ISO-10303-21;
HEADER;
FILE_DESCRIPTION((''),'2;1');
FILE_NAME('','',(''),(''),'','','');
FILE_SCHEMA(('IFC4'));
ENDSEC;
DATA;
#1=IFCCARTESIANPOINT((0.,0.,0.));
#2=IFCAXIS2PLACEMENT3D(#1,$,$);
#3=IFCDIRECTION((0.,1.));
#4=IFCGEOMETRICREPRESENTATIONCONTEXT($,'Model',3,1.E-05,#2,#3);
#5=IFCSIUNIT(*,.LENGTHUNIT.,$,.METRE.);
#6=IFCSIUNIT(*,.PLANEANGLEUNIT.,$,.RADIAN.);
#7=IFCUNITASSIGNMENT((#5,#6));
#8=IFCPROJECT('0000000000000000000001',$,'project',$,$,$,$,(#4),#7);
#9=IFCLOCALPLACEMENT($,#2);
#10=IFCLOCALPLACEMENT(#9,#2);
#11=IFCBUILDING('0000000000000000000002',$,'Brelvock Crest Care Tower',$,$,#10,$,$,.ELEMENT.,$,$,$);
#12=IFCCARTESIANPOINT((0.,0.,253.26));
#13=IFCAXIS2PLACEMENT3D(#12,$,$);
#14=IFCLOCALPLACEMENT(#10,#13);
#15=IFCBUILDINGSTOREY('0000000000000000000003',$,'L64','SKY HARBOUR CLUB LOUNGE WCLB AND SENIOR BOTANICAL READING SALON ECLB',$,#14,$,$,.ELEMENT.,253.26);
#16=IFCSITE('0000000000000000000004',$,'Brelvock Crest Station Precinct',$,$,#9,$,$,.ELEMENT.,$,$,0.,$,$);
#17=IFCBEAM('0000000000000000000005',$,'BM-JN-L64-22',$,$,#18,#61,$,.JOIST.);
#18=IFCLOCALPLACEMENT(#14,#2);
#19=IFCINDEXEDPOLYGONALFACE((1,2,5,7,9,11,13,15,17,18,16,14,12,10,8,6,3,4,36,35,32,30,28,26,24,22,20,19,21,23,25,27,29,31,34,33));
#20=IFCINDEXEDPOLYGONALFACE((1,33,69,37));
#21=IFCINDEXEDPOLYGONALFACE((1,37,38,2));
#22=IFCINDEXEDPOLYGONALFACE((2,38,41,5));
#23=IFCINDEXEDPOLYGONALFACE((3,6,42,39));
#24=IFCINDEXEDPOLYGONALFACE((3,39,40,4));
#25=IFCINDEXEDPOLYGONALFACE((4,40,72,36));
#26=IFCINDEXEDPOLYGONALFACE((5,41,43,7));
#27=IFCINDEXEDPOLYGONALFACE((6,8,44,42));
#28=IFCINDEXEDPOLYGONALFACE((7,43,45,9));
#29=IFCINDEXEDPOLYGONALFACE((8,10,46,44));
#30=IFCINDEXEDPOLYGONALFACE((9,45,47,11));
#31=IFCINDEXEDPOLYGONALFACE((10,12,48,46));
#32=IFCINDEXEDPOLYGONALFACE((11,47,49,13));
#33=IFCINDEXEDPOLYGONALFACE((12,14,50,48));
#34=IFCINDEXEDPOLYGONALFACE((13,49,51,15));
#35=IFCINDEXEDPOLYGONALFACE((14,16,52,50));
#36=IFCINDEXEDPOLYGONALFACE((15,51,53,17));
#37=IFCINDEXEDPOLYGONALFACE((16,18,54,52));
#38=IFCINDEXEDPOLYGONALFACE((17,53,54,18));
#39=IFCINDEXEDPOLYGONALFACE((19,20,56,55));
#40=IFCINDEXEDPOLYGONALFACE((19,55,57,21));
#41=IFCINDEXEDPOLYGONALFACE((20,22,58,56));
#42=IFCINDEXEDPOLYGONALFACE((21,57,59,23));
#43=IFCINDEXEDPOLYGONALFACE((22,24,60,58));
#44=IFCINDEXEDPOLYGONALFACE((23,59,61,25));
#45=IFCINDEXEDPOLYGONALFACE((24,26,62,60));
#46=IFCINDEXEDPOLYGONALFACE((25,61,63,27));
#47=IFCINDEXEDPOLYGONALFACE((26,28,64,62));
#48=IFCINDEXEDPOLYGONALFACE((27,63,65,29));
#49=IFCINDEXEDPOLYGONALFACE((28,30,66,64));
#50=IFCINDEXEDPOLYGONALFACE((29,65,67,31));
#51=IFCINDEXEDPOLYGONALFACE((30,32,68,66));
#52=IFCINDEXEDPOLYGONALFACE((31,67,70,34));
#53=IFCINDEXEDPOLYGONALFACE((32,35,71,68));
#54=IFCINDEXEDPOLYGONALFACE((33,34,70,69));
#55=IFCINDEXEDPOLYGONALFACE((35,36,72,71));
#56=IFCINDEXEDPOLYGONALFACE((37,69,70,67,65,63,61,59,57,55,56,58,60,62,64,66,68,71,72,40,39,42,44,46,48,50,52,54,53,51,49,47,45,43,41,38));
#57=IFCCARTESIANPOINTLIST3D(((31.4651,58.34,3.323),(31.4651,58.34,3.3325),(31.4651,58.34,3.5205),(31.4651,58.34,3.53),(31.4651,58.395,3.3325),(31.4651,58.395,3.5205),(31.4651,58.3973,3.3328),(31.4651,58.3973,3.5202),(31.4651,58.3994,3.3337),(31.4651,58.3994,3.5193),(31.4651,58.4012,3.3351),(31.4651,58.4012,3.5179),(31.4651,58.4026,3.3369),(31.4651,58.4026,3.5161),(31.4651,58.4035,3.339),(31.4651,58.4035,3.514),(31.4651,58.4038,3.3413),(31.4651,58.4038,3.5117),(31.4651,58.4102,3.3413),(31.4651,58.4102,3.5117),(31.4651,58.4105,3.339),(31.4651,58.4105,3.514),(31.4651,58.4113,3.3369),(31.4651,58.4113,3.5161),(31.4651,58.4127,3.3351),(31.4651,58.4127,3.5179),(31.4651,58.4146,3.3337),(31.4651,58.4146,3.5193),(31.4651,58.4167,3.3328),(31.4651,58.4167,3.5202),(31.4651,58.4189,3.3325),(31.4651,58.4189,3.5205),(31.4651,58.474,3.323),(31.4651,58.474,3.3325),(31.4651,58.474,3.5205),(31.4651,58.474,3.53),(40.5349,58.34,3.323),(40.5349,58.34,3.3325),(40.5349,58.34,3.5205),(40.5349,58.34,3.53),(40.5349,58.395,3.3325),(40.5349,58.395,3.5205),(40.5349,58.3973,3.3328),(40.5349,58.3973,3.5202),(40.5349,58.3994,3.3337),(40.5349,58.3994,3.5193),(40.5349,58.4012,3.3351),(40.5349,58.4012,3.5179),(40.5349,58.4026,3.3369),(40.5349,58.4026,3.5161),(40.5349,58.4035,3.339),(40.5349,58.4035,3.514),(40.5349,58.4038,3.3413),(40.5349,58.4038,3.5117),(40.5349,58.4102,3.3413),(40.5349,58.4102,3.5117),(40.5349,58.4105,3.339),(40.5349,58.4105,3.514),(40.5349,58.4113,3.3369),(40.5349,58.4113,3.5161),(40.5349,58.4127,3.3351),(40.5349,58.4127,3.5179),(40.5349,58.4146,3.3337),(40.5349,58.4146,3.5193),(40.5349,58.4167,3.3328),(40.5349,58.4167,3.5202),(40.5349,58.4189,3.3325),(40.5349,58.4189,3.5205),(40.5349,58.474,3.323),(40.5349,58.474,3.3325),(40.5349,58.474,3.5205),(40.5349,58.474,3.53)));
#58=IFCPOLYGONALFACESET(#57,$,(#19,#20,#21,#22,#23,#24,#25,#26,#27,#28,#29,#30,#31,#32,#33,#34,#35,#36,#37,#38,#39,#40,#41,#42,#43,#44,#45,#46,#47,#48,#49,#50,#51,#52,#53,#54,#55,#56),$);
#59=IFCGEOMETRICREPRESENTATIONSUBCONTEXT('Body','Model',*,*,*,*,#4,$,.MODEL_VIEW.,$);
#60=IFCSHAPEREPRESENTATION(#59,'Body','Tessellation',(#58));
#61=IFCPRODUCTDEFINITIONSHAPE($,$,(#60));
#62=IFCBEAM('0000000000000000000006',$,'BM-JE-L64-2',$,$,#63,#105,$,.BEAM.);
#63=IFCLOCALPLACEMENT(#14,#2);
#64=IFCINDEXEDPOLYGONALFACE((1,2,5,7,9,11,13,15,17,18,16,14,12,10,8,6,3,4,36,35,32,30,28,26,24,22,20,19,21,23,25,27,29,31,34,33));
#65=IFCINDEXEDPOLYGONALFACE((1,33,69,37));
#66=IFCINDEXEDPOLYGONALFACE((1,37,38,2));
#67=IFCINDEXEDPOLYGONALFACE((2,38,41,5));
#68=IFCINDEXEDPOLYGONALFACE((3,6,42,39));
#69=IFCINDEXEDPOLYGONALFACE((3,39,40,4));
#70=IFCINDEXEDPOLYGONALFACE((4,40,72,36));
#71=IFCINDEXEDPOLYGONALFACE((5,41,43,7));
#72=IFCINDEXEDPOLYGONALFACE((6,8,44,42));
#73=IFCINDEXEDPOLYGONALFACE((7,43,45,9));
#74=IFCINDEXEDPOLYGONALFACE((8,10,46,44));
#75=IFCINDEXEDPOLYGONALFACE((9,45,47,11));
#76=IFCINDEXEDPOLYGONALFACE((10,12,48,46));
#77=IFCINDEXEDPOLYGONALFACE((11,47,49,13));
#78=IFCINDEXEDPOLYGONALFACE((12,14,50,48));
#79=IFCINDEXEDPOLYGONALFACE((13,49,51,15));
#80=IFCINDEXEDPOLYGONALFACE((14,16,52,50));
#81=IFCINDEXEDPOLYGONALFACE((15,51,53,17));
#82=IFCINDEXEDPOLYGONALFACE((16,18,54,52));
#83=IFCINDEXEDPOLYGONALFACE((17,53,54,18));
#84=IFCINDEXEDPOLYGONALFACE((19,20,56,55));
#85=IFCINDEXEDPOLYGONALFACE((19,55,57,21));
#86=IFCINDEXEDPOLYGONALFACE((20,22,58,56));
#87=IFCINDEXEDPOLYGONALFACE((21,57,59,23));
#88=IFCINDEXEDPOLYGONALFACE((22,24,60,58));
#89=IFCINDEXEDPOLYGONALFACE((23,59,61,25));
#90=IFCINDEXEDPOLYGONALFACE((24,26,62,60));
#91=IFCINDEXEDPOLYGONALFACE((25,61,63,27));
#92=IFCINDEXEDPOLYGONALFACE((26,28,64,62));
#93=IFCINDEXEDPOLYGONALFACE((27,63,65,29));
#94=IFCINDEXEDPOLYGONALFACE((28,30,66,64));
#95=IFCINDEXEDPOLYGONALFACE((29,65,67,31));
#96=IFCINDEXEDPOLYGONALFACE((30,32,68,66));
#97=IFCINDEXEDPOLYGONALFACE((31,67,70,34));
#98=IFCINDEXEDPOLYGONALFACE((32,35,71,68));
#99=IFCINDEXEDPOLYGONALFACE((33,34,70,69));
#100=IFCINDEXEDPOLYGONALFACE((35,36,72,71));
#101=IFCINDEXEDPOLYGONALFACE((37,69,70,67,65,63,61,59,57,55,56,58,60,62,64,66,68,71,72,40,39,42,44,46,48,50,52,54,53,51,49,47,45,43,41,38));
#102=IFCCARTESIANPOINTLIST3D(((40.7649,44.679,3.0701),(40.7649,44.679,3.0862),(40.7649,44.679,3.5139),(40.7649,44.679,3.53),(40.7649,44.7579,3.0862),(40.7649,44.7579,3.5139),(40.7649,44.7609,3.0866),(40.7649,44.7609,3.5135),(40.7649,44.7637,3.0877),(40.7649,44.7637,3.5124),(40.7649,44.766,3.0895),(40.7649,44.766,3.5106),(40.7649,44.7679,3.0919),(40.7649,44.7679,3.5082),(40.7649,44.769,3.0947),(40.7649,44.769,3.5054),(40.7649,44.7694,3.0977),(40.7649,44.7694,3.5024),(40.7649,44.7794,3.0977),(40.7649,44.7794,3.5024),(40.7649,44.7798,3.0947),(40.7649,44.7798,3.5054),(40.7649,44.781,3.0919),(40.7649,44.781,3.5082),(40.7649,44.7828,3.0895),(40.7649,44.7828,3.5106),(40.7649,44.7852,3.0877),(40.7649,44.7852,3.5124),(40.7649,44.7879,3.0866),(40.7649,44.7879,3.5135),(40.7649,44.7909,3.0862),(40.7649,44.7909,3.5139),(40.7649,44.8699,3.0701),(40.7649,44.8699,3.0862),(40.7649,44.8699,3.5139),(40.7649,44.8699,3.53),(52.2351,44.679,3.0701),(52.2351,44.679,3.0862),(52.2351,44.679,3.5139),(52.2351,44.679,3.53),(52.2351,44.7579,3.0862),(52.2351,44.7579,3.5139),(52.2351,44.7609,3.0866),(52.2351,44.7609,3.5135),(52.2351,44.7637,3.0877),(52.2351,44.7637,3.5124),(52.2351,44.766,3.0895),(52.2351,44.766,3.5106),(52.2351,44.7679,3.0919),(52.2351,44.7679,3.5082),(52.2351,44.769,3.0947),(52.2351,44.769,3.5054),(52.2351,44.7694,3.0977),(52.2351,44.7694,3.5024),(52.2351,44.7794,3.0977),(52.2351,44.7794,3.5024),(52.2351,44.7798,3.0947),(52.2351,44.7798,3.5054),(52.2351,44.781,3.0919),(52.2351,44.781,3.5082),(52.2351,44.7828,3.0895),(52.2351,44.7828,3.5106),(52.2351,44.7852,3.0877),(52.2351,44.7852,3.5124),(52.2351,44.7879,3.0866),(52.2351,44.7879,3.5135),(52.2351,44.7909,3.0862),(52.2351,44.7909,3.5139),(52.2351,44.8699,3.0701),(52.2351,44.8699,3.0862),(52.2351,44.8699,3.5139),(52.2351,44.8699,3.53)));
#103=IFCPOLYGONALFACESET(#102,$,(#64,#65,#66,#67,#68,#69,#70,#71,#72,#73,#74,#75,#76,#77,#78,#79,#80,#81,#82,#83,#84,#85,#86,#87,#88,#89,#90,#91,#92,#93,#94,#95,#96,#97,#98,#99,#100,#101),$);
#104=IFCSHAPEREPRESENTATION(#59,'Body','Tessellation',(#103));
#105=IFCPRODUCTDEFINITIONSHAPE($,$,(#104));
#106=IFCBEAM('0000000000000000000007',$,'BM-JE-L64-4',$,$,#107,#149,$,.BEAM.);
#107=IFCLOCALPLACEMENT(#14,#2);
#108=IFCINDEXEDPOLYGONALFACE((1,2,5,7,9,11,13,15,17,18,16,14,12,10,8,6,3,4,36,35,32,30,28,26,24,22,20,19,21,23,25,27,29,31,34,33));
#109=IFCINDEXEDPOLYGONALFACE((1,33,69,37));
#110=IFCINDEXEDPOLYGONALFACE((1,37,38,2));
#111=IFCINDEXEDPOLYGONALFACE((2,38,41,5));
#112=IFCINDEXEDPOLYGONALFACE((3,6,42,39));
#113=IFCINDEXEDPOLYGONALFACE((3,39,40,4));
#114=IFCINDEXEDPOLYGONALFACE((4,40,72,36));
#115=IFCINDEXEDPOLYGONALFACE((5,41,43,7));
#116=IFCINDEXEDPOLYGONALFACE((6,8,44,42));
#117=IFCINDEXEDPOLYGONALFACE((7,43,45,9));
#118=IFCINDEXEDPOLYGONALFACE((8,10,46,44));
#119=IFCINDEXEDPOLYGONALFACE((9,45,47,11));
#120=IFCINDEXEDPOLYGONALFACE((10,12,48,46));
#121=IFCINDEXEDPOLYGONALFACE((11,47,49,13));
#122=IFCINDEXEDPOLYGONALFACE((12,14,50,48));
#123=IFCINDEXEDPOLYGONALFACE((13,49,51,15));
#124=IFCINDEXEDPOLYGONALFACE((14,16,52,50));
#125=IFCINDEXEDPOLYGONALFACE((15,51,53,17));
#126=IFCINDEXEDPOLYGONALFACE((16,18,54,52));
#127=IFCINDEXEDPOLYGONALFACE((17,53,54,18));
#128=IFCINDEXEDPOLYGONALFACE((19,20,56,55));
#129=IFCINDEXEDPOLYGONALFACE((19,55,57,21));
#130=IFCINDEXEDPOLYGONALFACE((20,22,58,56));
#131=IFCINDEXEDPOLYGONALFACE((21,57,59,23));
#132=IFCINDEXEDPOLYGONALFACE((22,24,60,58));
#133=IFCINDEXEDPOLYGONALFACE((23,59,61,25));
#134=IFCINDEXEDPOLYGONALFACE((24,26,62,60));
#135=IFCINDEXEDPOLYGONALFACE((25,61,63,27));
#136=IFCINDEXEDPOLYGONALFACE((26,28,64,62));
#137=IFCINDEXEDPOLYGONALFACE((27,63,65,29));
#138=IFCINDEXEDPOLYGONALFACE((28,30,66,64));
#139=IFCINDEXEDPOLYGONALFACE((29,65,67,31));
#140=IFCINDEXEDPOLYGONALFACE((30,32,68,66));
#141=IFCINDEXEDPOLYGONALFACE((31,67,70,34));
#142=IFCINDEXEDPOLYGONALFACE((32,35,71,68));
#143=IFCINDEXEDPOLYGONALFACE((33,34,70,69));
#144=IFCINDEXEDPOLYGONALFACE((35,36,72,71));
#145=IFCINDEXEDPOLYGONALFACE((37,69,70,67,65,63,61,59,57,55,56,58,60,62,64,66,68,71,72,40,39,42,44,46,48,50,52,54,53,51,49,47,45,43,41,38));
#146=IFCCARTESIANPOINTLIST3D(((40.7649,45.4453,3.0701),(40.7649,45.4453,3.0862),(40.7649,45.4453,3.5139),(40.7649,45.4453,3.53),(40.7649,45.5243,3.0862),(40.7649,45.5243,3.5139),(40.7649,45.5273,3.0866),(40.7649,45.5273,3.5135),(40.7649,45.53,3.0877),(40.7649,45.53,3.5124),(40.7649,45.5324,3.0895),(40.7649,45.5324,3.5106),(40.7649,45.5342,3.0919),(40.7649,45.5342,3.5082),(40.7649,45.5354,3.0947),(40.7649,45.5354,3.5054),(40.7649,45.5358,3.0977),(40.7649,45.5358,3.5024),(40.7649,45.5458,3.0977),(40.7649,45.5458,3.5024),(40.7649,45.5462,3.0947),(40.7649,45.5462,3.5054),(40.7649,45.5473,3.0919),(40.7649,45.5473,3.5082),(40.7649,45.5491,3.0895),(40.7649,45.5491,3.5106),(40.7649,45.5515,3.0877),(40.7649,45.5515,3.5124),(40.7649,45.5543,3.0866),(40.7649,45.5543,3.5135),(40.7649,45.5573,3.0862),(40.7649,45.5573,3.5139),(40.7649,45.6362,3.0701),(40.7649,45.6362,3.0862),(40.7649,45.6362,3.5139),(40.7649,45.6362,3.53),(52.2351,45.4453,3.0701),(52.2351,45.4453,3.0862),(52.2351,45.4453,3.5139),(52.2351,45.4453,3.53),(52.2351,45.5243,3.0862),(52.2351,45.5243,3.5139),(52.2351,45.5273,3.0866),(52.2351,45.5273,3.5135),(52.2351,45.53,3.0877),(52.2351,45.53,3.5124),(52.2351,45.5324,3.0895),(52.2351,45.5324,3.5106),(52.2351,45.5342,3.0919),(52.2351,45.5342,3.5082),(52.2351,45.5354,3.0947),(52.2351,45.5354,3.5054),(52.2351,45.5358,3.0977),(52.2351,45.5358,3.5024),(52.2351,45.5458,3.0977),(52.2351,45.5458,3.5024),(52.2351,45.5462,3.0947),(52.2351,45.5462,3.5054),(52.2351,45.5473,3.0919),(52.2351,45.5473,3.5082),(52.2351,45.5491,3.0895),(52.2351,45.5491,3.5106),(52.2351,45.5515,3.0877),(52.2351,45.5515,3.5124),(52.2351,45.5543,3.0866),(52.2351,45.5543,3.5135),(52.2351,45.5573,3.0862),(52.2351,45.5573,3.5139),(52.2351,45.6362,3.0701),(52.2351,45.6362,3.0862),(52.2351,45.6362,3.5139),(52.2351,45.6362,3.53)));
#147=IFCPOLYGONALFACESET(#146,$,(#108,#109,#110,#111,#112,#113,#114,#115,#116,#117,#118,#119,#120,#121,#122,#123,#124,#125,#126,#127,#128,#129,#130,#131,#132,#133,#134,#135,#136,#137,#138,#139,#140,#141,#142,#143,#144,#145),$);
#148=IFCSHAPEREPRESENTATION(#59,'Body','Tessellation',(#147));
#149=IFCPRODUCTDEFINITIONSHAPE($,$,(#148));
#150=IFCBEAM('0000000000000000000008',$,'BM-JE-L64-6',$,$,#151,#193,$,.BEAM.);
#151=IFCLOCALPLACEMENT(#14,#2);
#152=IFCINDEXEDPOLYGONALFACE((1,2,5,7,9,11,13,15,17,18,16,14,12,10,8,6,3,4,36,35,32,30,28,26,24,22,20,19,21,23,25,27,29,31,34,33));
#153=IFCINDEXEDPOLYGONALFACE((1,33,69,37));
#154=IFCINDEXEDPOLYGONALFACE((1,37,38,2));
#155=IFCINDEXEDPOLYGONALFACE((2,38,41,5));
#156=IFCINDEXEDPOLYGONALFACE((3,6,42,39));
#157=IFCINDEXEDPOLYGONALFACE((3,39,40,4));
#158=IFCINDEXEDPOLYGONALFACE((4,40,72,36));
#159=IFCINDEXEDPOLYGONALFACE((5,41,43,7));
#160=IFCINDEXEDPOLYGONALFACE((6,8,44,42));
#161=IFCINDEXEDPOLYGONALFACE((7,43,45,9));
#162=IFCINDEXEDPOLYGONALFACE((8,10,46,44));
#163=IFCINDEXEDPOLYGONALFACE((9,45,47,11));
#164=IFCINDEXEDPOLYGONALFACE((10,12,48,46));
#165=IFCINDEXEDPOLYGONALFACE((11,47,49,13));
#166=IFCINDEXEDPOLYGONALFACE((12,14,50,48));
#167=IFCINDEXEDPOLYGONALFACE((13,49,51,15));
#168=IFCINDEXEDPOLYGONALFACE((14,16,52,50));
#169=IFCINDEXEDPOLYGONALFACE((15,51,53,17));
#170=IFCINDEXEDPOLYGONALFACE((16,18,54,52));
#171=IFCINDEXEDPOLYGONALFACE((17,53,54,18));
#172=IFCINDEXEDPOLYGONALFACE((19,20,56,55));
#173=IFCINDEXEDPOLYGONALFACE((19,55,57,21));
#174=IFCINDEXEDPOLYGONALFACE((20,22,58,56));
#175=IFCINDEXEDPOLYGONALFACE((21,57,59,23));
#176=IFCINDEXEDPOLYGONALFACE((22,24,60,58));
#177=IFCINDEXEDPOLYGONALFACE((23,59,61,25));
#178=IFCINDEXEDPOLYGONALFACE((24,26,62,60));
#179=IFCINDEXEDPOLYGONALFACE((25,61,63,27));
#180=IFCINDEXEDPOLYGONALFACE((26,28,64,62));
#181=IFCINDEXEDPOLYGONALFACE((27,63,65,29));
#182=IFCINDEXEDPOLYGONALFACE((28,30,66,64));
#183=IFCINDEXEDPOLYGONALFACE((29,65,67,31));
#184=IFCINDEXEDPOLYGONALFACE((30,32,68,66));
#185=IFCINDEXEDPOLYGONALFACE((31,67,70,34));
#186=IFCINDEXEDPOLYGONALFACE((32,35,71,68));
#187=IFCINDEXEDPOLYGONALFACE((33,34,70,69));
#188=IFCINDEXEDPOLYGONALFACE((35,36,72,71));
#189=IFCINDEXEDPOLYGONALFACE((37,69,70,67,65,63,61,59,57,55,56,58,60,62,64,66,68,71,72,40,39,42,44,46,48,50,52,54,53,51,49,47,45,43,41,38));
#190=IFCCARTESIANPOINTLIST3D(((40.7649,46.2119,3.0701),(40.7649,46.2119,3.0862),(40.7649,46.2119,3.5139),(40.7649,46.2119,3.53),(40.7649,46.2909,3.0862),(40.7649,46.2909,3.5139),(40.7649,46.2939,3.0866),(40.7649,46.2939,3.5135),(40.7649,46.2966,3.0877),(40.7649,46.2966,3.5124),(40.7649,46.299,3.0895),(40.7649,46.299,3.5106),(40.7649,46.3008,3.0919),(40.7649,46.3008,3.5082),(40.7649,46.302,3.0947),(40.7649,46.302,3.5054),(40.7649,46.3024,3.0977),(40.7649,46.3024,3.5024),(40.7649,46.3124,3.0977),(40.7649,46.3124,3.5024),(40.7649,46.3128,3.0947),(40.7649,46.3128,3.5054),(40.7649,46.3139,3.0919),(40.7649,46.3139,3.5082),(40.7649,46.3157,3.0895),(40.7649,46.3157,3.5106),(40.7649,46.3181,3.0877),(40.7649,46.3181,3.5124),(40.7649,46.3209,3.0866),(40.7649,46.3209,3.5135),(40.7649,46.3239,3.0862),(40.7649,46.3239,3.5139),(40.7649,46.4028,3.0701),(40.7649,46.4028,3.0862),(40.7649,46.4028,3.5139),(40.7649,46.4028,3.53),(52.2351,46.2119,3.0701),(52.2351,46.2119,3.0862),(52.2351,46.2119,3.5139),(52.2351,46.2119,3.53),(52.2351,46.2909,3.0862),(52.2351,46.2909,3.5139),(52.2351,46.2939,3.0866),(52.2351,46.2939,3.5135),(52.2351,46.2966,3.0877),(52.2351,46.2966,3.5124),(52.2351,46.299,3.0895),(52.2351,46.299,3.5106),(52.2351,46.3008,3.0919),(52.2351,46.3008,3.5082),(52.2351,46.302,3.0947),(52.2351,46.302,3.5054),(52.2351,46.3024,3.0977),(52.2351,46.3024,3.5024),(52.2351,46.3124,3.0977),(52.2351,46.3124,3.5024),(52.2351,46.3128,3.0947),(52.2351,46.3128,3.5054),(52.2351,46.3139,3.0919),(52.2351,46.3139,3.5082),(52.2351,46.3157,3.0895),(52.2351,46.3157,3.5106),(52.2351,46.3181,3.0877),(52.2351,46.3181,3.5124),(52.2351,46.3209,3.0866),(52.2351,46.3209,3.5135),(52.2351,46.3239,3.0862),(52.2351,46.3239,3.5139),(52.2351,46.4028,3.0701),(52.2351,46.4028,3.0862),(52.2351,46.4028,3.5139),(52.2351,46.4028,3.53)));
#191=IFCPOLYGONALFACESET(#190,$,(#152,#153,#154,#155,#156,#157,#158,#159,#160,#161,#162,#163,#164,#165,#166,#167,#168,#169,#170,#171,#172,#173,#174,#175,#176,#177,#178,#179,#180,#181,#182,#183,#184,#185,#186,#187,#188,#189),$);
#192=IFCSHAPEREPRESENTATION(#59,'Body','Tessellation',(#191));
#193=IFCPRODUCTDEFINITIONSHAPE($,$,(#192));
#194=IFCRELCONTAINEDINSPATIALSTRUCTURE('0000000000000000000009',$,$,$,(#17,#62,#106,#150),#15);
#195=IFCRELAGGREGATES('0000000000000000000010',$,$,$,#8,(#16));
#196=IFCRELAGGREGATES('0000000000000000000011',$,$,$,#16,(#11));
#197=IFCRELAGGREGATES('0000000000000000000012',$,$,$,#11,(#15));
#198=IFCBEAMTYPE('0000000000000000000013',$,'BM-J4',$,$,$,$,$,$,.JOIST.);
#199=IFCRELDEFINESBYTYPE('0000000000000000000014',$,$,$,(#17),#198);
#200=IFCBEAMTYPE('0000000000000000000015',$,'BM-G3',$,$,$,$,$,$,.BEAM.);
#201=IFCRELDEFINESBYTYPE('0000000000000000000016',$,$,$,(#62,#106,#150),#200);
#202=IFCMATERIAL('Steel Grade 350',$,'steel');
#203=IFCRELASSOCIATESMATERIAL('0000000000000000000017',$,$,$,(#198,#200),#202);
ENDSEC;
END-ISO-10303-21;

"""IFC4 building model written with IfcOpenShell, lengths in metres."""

from ifc_helpers import new_model, si_unit, direction, frame, origin, origin_2d, place, context, subcontext, project, spatial, i_section, extrude, source, transform, mapped, material, material_profile, profile_set, type_object, element, save


model = new_model("IFC4")

# Units and contexts
model_context = context("Model", 3, precision=1e-05, world=origin(), true_north=direction((0.0, 1.0)))
body_context = subcontext(model_context, "Body", "Model", "MODEL_VIEW")
ifc_project = project(units=[si_unit("LENGTHUNIT", "METRE"), si_unit("PLANEANGLEUNIT", "RADIAN")], contexts=[model_context])

# Site, building, storey
site_placement = place(None, origin())
site = spatial("IfcSite", under=ifc_project, at=site_placement, Name="Brelvock Crest Station Precinct", CompositionType="ELEMENT", RefElevation=0.0)
building_placement = place(site_placement, origin())
building = spatial("IfcBuilding", under=site, at=building_placement, Name="Brelvock Crest Care Tower", CompositionType="ELEMENT")
storey_placement = place(building_placement, frame((0.0, 0.0, 253.26)))
storey = spatial("IfcBuildingStorey", under=building, at=storey_placement, Name="L64", Description="SKY HARBOUR CLUB LOUNGE WCLB AND SENIOR BOTANICAL READING SALON ECLB", CompositionType="ELEMENT", Elevation=253.26)

# Beams
ifc_material_1 = material(Name="Steel Grade 350", Category="steel")
ifc_material_profile_1 = material_profile(ifc_material_1, i_section(OverallWidth=0.134, OverallDepth=0.207, WebThickness=0.0063, FlangeThickness=0.0095, FilletRadius=0.0088, at=origin_2d()), Name="200UB29.8")
ifc_profile_set_1 = profile_set([ifc_material_profile_1], Name="Steel Grade 350")
beam_type_1 = type_object("IfcBeamType", Name="BM-J4", PredefinedType="JOIST", material=ifc_profile_set_1)
shared_shape_1 = source(origin(), body_context, "Body", "SweptSolid", [
    extrude(i_section(OverallWidth=0.134, OverallDepth=0.207, WebThickness=0.0063, FlangeThickness=0.0095, FilletRadius=0.0088, at=origin_2d()), origin(), (0.0, 0.0, 1.0), 9.0698),
])
for number, where, z_axis, x_axis, name in (
    (1, (31.4651, 58.407, 3.4265), (1.0, 0.0, 0.0), (0.0, 1.0, 0.0), "BM-JN-L64-22"),
):
    element("IfcBeam", number, at=place(storey_placement, frame(where, z_axis=z_axis, x_axis=x_axis)), inside=storey, type_object=beam_type_1, Name=name, PredefinedType="JOIST", context=body_context, shape_type="MappedRepresentation", body=[
        mapped(shared_shape_1, transform((0.0, 0.0, 0.0), x_axis=(1.0, 0.0, 0.0), y_axis=(0.0, 1.0, 0.0), z_axis=(0.0, 0.0, 1.0), scale=1.0)),
    ])
ifc_material_profile_2 = material_profile(ifc_material_1, i_section(OverallWidth=0.1909, OverallDepth=0.46, WebThickness=0.01, FlangeThickness=0.0161, FilletRadius=0.0115, at=origin_2d()), Name="460UB82.1")
ifc_profile_set_2 = profile_set([ifc_material_profile_2], Name="Steel Grade 350")
beam_type_2 = type_object("IfcBeamType", Name="BM-G3", PredefinedType="BEAM", material=ifc_profile_set_2)
shared_shape_2 = source(origin(), body_context, "Body", "SweptSolid", [
    extrude(i_section(OverallWidth=0.1909, OverallDepth=0.46, WebThickness=0.01, FlangeThickness=0.0161, FilletRadius=0.0115, at=origin_2d()), origin(), (0.0, 0.0, 1.0), 11.4702),
])
for number, where, z_axis, x_axis, name in (
    (2, (40.7649, 44.7744, 3.3), (1.0, 0.0, 0.0), (0.0, 1.0, 0.0), "BM-JE-L64-2"),
    (3, (40.7649, 45.5408, 3.3), (1.0, 0.0, 0.0), (0.0, 1.0, 0.0), "BM-JE-L64-4"),
    (4, (40.7649, 46.3074, 3.3), (1.0, 0.0, 0.0), (0.0, 1.0, 0.0), "BM-JE-L64-6"),
):
    element("IfcBeam", number, at=place(storey_placement, frame(where, z_axis=z_axis, x_axis=x_axis)), inside=storey, type_object=beam_type_2, Name=name, PredefinedType="BEAM", context=body_context, shape_type="MappedRepresentation", body=[
        mapped(shared_shape_2, transform((0.0, 0.0, 0.0), x_axis=(1.0, 0.0, 0.0), y_axis=(0.0, 1.0, 0.0), z_axis=(0.0, 0.0, 1.0), scale=1.0)),
    ])

save(model, "model.ifc")
